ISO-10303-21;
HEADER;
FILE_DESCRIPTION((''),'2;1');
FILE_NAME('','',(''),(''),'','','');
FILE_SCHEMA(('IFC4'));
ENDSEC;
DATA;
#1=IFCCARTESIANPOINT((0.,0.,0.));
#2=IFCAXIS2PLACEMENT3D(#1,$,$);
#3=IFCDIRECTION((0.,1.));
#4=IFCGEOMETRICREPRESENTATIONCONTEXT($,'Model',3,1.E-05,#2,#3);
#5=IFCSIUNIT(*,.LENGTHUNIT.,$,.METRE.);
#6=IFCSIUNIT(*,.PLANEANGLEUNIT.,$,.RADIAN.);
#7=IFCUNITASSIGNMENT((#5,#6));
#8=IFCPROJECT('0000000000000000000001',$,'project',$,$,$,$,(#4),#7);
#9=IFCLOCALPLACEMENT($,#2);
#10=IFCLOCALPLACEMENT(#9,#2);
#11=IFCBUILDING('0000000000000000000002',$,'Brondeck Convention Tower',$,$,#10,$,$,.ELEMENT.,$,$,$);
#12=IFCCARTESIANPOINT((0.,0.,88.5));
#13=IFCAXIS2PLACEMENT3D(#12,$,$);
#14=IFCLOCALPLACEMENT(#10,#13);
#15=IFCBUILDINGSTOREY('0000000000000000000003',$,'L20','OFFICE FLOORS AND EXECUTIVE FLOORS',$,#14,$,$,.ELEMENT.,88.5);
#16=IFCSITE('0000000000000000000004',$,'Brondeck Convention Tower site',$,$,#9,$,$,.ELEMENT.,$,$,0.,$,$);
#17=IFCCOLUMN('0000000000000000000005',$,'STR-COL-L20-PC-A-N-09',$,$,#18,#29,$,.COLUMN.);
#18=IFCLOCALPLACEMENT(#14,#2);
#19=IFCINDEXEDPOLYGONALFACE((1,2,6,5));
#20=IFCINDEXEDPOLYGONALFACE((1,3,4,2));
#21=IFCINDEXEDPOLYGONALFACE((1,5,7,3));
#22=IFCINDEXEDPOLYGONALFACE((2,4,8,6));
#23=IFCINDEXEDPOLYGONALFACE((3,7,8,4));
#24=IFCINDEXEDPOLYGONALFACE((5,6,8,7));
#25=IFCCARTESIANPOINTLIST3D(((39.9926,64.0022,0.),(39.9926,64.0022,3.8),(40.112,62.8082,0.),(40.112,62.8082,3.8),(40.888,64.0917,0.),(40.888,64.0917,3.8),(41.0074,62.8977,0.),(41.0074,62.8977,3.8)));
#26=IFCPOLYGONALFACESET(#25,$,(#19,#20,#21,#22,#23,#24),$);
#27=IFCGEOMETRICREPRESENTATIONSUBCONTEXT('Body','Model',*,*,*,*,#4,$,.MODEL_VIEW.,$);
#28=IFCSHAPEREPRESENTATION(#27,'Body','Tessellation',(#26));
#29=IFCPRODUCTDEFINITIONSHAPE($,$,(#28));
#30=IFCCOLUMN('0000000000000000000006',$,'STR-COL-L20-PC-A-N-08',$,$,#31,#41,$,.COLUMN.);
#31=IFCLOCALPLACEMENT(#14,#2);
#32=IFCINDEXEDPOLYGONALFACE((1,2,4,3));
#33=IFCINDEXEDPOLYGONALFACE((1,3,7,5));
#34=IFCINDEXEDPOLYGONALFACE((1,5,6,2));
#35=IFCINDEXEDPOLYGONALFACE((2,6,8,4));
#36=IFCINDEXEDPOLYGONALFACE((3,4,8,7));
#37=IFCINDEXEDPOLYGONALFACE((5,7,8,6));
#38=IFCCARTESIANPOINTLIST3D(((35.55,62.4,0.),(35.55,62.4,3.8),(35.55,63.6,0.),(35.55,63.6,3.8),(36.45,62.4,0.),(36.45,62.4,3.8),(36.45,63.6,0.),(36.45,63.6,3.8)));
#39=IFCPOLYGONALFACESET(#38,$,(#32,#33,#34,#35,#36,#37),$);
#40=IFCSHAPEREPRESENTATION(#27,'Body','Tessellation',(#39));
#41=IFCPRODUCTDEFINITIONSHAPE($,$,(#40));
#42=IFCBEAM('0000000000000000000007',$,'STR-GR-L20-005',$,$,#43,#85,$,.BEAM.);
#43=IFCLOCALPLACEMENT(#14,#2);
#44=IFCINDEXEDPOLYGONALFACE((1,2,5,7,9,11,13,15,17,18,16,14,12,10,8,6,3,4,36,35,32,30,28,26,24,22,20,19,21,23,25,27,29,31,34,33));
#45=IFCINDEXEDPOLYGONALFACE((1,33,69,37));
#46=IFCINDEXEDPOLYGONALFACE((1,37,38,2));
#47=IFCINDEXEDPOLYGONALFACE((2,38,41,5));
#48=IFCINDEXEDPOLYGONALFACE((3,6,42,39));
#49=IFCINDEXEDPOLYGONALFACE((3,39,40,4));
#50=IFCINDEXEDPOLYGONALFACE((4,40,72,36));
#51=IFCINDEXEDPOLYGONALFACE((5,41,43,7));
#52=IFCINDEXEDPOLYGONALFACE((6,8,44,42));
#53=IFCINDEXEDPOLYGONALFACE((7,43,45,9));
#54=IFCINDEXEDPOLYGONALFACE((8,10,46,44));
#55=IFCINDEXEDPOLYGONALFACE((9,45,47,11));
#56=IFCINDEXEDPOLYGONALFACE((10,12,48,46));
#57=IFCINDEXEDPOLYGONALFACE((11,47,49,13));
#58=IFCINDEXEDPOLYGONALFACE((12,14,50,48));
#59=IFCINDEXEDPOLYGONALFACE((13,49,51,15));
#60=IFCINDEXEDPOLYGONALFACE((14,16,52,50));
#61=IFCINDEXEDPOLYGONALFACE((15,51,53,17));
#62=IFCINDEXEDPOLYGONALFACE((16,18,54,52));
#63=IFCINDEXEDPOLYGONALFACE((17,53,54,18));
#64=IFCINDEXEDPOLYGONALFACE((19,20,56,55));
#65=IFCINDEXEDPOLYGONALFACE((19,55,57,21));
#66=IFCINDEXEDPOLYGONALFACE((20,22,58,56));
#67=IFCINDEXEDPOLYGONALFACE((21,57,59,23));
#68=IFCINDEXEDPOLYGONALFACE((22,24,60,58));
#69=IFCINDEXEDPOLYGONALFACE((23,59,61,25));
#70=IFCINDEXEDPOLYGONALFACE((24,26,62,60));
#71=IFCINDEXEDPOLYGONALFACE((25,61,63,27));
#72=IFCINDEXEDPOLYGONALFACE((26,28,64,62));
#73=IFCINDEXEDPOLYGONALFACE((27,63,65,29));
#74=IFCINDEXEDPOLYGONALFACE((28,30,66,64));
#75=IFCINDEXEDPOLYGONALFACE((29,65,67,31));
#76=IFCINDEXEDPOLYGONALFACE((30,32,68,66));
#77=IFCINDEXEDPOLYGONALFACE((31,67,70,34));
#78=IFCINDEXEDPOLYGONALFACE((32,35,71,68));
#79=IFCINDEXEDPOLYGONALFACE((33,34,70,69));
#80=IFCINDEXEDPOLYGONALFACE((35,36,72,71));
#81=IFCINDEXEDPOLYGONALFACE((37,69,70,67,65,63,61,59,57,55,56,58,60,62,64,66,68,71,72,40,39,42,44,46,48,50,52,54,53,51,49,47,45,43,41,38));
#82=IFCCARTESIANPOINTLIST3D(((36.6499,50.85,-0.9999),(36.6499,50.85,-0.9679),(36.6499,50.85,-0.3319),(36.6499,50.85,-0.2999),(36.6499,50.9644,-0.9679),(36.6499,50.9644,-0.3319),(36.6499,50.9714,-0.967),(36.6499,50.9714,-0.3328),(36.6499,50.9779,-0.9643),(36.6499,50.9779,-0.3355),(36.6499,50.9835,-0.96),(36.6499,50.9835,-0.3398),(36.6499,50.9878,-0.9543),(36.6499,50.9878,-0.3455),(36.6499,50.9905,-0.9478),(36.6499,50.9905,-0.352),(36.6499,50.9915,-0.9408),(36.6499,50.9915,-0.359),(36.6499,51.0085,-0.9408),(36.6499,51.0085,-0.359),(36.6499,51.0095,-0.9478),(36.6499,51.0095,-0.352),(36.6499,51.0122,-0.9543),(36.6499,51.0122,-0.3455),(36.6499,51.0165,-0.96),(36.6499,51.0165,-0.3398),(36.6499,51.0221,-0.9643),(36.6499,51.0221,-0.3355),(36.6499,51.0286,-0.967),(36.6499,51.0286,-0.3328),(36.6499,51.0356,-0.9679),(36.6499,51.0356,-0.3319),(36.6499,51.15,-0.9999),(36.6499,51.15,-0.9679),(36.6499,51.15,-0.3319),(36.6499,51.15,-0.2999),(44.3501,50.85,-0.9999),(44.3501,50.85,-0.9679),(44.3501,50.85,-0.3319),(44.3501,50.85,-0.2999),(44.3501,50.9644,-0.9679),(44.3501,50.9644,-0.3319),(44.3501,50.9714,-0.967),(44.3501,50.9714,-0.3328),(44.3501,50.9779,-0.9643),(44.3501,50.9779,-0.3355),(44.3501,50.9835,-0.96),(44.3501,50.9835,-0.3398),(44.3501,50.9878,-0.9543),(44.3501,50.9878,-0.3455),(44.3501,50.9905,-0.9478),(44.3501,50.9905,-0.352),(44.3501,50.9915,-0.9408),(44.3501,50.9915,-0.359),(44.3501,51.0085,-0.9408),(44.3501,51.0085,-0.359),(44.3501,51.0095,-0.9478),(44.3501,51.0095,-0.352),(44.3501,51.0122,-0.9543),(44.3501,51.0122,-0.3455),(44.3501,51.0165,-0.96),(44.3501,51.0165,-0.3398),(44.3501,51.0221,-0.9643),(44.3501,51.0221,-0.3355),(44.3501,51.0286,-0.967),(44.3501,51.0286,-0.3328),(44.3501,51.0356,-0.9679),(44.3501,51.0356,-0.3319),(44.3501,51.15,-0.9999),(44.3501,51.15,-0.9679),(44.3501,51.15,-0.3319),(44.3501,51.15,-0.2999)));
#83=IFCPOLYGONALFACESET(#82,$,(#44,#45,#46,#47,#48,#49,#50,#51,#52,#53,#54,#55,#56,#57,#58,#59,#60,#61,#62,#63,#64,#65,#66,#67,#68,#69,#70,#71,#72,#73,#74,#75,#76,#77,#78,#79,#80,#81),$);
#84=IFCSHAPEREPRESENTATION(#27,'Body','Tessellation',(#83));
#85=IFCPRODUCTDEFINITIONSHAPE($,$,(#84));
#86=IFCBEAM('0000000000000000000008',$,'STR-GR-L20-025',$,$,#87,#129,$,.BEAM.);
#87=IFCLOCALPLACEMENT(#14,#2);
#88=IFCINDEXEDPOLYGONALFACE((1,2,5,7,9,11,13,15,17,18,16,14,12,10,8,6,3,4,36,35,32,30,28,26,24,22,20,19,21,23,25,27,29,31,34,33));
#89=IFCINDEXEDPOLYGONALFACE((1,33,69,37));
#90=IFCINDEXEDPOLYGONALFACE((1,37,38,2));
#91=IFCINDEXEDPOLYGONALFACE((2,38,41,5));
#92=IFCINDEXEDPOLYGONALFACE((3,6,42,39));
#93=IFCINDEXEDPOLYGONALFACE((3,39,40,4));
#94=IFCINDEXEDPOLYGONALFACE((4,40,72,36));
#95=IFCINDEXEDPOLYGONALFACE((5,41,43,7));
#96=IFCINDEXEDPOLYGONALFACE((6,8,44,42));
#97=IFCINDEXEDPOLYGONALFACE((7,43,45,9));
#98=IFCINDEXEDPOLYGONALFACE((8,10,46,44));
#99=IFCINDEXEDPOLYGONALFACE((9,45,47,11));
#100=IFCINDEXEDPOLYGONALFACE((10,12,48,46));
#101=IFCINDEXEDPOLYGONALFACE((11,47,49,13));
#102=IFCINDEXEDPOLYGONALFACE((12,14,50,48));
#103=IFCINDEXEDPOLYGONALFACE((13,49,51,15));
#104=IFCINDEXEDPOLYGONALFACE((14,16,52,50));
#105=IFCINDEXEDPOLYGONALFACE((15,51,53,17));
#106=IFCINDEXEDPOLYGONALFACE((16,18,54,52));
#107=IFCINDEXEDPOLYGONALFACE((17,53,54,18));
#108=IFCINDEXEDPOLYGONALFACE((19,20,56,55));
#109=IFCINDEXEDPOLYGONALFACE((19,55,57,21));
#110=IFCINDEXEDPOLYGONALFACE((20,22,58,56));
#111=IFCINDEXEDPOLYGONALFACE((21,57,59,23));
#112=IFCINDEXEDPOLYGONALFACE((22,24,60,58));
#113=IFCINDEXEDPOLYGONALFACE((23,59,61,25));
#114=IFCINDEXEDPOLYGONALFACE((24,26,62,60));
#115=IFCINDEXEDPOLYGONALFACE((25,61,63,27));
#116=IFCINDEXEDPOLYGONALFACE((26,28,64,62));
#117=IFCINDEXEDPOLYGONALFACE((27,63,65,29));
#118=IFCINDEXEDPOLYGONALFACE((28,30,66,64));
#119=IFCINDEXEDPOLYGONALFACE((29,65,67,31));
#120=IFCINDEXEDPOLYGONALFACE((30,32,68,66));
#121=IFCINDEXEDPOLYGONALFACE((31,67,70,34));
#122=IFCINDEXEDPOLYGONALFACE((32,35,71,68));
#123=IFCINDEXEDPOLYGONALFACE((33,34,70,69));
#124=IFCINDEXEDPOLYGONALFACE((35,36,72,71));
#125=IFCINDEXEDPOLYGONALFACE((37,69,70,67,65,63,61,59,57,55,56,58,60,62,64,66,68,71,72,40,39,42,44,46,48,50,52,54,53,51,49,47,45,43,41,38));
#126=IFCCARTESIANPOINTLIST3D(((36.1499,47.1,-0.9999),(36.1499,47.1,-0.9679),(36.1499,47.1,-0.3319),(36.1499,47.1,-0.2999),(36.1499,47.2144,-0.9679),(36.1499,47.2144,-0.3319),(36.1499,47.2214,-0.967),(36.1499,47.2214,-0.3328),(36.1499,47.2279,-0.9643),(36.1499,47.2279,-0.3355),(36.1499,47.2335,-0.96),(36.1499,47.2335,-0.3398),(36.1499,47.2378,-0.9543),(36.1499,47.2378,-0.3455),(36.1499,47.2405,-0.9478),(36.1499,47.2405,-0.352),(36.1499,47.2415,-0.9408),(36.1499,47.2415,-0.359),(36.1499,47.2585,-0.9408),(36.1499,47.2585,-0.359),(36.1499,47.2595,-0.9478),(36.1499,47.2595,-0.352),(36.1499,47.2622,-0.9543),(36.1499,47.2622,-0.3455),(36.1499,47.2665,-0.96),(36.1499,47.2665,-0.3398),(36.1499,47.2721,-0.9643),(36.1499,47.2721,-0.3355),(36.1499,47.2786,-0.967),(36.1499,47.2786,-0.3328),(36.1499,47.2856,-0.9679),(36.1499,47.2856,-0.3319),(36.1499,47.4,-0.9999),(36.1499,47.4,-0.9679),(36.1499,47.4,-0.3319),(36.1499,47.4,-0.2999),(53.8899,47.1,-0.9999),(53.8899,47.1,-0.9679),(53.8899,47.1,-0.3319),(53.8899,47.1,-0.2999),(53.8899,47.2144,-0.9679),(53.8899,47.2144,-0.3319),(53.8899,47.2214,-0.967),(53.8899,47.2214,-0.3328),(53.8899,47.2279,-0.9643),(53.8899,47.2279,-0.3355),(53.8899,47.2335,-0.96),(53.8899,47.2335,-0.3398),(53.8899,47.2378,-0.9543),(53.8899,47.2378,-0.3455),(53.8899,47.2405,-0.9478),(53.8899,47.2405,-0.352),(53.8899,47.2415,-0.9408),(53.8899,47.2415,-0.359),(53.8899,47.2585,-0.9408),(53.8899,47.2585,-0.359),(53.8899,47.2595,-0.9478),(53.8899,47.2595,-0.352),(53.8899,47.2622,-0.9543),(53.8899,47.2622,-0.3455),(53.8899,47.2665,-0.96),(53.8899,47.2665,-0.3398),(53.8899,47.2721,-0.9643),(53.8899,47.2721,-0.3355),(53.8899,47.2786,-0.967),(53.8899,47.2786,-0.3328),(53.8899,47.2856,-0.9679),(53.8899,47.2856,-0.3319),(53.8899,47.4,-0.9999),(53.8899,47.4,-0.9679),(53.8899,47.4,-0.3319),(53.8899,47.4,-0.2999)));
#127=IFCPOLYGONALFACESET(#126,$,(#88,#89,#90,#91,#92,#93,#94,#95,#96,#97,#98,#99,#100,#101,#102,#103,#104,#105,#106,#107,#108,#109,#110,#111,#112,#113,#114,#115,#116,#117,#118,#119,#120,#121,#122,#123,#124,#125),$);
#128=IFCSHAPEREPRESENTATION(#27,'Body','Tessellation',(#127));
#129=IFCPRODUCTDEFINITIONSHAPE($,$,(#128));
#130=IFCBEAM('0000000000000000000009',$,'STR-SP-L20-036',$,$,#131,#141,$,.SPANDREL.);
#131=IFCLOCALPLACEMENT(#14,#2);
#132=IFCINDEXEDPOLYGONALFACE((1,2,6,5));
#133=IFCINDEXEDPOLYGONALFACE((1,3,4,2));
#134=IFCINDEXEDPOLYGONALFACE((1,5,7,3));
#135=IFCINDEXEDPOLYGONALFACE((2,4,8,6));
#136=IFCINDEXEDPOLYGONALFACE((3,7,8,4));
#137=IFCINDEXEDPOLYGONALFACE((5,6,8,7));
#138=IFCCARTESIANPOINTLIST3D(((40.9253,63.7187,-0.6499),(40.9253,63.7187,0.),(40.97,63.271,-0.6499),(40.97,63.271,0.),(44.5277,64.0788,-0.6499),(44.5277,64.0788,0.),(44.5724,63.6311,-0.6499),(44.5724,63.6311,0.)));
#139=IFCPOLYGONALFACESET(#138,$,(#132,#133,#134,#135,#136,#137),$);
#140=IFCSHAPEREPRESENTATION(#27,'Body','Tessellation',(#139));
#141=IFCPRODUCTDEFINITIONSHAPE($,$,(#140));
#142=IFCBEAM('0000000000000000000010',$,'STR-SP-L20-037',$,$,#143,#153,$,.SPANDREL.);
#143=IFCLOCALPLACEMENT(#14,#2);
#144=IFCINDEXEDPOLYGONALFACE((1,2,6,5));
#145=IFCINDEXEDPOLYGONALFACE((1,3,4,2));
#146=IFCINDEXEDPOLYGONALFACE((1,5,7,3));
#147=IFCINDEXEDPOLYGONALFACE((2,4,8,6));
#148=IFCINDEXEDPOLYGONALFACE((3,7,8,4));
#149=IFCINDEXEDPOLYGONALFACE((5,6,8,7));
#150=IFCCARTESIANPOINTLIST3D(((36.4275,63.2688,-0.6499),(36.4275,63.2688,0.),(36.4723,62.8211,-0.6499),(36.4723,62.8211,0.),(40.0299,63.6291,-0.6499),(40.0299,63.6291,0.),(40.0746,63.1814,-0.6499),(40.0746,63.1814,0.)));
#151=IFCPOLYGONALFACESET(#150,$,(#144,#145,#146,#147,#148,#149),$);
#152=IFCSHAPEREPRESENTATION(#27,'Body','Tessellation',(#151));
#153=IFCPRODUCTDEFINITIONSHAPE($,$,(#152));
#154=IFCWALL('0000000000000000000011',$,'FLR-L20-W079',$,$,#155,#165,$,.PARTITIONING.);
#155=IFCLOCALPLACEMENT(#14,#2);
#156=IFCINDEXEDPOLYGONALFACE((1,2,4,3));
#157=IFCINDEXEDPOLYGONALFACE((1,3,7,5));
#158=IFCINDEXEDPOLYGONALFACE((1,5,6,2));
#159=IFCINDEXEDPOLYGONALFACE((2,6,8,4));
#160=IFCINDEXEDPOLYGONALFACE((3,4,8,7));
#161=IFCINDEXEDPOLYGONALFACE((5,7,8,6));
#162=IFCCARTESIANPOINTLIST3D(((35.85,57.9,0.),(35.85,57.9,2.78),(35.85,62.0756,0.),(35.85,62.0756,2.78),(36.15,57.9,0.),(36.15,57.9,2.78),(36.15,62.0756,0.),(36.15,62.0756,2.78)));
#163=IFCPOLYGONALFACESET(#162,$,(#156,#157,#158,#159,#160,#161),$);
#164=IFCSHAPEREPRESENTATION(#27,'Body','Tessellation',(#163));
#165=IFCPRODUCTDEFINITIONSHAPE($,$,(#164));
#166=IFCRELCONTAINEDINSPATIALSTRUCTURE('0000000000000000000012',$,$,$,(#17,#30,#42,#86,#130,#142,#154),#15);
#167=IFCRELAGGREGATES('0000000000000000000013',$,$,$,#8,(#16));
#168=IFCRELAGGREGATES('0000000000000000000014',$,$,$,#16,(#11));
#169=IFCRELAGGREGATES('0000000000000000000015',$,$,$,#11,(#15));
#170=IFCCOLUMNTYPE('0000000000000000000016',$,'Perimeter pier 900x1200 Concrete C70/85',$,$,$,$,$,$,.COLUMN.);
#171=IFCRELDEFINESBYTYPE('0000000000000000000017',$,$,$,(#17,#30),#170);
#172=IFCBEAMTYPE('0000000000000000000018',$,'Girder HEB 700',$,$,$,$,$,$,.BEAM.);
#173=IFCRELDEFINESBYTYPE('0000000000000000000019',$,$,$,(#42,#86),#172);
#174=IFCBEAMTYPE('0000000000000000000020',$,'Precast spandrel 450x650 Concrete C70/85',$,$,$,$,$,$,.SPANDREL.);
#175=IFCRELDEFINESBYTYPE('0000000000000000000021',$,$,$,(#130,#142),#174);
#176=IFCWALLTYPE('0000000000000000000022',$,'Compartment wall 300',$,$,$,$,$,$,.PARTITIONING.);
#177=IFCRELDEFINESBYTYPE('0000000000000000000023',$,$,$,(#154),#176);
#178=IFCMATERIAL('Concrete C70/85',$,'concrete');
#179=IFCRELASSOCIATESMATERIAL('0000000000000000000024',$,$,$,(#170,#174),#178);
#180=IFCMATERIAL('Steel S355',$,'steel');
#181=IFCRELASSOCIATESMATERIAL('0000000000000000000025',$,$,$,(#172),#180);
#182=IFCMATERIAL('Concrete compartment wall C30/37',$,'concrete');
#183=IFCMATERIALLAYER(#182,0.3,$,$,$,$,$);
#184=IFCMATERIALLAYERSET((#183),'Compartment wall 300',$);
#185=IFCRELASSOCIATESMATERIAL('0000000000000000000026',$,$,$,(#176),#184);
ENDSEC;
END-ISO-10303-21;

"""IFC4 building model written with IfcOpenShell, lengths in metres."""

from ifc_helpers import new_model, si_unit, direction, frame, frame_2d, origin, origin_2d, place, context, subcontext, project, spatial, rectangle, i_section, extrude, material, layer, layer_set, material_profile, profile_set, type_object, element, save


model = new_model("IFC4")

# Units and contexts
model_context = context("Model", 3, precision=1e-05, world=origin(), true_north=direction((0.0, 1.0)))
body_context = subcontext(model_context, "Body", "Model", "MODEL_VIEW")
ifc_project = project(units=[si_unit("LENGTHUNIT", "METRE"), si_unit("PLANEANGLEUNIT", "RADIAN")], contexts=[model_context])

# Site, building, storey
site_placement = place(None, origin())
site = spatial("IfcSite", under=ifc_project, at=site_placement, Name="Brondeck Convention Tower site", CompositionType="ELEMENT", RefElevation=0.0)
building_placement = place(site_placement, origin())
building = spatial("IfcBuilding", under=site, at=building_placement, Name="Brondeck Convention Tower", CompositionType="ELEMENT")
storey_placement = place(building_placement, frame((0.0, 0.0, 88.5)))
storey = spatial("IfcBuildingStorey", under=building, at=storey_placement, Name="L20", Description="OFFICE FLOORS AND EXECUTIVE FLOORS", CompositionType="ELEMENT", Elevation=88.5)

# Columns
ifc_material_1 = material(Name="Concrete C70/85", Category="concrete")
ifc_material_profile_1 = material_profile(ifc_material_1, rectangle(XDim=0.8999, YDim=1.2, at=origin_2d()), Name="Perimeter pier 900x1200 Concrete C70/85")
ifc_profile_set_1 = profile_set([ifc_material_profile_1], Name="Concrete C70/85")
column_type = type_object("IfcColumnType", Name="Perimeter pier 900x1200 Concrete C70/85", PredefinedType="COLUMN", material=ifc_profile_set_1)
for number, where, z_axis, x_axis, name in (
    (1, (40.5, 63.45, 0.0), (0.0, 0.0, 1.0), (-0.995037, -0.099504, 0.0), "STR-COL-L20-PC-A-N-09"),
    (2, (36.0, 63.0, 0.0), (0.0, 0.0, 1.0), (-1.0, 0.0, 0.0), "STR-COL-L20-PC-A-N-08"),
):
    element("IfcColumn", number, at=place(storey_placement, frame(where, z_axis=z_axis, x_axis=x_axis)), inside=storey, type_object=column_type, Name=name, PredefinedType="COLUMN", context=body_context, shape_type="SweptSolid", body=[
        extrude(rectangle(XDim=0.8999, YDim=1.2, at=origin_2d()), origin(), (0.0, 0.0, 1.0), 3.8),
    ])

# Beams
ifc_material_2 = material(Name="Steel S355", Category="steel")
ifc_material_profile_2 = material_profile(ifc_material_2, i_section(OverallWidth=0.3, OverallDepth=0.7, WebThickness=0.0171, FlangeThickness=0.032, FilletRadius=0.0271, at=origin_2d()), Name="HEB 700")
ifc_profile_set_2 = profile_set([ifc_material_profile_2], Name="Steel S355")
beam_type_1 = type_object("IfcBeamType", Name="Girder HEB 700", PredefinedType="BEAM", material=ifc_profile_set_2)
beam_1_placement = place(storey_placement, frame((36.6499, 51.0, -0.6499), z_axis=(1.0, 0.0, 0.0), x_axis=(0.0, 1.0, 0.0)))
element("IfcBeam", 3, at=beam_1_placement, inside=storey, type_object=beam_type_1, Name="STR-GR-L20-005", PredefinedType="BEAM", context=body_context, shape_type="SweptSolid", body=[
    extrude(i_section(OverallWidth=0.3, OverallDepth=0.7, WebThickness=0.0171, FlangeThickness=0.032, FilletRadius=0.0271, at=origin_2d()), origin(), (0.0, 0.0, 1.0), 7.7002),
])
beam_2_placement = place(storey_placement, frame((36.1499, 47.25, -0.6499), z_axis=(1.0, 0.0, 0.0), x_axis=(0.0, 1.0, 0.0)))
element("IfcBeam", 4, at=beam_2_placement, inside=storey, type_object=beam_type_1, Name="STR-GR-L20-025", PredefinedType="BEAM", context=body_context, shape_type="SweptSolid", body=[
    extrude(i_section(OverallWidth=0.3, OverallDepth=0.7, WebThickness=0.0171, FlangeThickness=0.032, FilletRadius=0.0271, at=origin_2d()), origin(), (0.0, 0.0, 1.0), 17.74),
])
ifc_material_profile_3 = material_profile(ifc_material_1, rectangle(XDim=0.45, YDim=0.6499, at=origin_2d()), Name="Precast spandrel 450x650 Concrete C70/85")
ifc_profile_set_3 = profile_set([ifc_material_profile_3], Name="Concrete C70/85")
beam_type_2 = type_object("IfcBeamType", Name="Precast spandrel 450x650 Concrete C70/85", PredefinedType="SPANDREL", material=ifc_profile_set_3)
for number, where, z_axis, x_axis, name in (
    (5, (44.55, 63.855, -0.325), (-0.995041, -0.09947, 0.0), (0.09947, -0.995041, 0.0), "STR-SP-L20-036"),
    (6, (40.0522, 63.4053, -0.325), (-0.995034, -0.099537, 0.0), (0.099537, -0.995034, 0.0), "STR-SP-L20-037"),
):
    element("IfcBeam", number, at=place(storey_placement, frame(where, z_axis=z_axis, x_axis=x_axis)), inside=storey, type_object=beam_type_2, Name=name, PredefinedType="SPANDREL", context=body_context, shape_type="SweptSolid", body=[
        extrude(rectangle(XDim=0.45, YDim=0.6499, at=origin_2d()), origin(), (0.0, 0.0, 1.0), 3.6204),
    ])

# Wall
ifc_material_3 = material(Name="Concrete compartment wall C30/37", Category="concrete")
ifc_layer_1 = layer(ifc_material_3, 0.3)
ifc_layer_set_1 = layer_set([ifc_layer_1], Name="Compartment wall 300")
wall_type_1 = type_object("IfcWallType", Name="Compartment wall 300", PredefinedType="PARTITIONING", material=ifc_layer_set_1)
wall_1_placement = place(storey_placement, frame((36.0, 57.8999, 0.0), z_axis=(0.0, 0.0, 1.0), x_axis=(0.0, 1.0, 0.0)))
element("IfcWall", 7, at=wall_1_placement, inside=storey, type_object=wall_type_1, Name="FLR-L20-W079", PredefinedType="PARTITIONING", context=body_context, shape_type="SweptSolid", body=[
    extrude(rectangle(XDim=4.1755, YDim=0.3, at=frame_2d((2.0879, 0.0))), origin(), (0.0, 0.0, 1.0), 2.78),
])

save(model, "model.ifc")
